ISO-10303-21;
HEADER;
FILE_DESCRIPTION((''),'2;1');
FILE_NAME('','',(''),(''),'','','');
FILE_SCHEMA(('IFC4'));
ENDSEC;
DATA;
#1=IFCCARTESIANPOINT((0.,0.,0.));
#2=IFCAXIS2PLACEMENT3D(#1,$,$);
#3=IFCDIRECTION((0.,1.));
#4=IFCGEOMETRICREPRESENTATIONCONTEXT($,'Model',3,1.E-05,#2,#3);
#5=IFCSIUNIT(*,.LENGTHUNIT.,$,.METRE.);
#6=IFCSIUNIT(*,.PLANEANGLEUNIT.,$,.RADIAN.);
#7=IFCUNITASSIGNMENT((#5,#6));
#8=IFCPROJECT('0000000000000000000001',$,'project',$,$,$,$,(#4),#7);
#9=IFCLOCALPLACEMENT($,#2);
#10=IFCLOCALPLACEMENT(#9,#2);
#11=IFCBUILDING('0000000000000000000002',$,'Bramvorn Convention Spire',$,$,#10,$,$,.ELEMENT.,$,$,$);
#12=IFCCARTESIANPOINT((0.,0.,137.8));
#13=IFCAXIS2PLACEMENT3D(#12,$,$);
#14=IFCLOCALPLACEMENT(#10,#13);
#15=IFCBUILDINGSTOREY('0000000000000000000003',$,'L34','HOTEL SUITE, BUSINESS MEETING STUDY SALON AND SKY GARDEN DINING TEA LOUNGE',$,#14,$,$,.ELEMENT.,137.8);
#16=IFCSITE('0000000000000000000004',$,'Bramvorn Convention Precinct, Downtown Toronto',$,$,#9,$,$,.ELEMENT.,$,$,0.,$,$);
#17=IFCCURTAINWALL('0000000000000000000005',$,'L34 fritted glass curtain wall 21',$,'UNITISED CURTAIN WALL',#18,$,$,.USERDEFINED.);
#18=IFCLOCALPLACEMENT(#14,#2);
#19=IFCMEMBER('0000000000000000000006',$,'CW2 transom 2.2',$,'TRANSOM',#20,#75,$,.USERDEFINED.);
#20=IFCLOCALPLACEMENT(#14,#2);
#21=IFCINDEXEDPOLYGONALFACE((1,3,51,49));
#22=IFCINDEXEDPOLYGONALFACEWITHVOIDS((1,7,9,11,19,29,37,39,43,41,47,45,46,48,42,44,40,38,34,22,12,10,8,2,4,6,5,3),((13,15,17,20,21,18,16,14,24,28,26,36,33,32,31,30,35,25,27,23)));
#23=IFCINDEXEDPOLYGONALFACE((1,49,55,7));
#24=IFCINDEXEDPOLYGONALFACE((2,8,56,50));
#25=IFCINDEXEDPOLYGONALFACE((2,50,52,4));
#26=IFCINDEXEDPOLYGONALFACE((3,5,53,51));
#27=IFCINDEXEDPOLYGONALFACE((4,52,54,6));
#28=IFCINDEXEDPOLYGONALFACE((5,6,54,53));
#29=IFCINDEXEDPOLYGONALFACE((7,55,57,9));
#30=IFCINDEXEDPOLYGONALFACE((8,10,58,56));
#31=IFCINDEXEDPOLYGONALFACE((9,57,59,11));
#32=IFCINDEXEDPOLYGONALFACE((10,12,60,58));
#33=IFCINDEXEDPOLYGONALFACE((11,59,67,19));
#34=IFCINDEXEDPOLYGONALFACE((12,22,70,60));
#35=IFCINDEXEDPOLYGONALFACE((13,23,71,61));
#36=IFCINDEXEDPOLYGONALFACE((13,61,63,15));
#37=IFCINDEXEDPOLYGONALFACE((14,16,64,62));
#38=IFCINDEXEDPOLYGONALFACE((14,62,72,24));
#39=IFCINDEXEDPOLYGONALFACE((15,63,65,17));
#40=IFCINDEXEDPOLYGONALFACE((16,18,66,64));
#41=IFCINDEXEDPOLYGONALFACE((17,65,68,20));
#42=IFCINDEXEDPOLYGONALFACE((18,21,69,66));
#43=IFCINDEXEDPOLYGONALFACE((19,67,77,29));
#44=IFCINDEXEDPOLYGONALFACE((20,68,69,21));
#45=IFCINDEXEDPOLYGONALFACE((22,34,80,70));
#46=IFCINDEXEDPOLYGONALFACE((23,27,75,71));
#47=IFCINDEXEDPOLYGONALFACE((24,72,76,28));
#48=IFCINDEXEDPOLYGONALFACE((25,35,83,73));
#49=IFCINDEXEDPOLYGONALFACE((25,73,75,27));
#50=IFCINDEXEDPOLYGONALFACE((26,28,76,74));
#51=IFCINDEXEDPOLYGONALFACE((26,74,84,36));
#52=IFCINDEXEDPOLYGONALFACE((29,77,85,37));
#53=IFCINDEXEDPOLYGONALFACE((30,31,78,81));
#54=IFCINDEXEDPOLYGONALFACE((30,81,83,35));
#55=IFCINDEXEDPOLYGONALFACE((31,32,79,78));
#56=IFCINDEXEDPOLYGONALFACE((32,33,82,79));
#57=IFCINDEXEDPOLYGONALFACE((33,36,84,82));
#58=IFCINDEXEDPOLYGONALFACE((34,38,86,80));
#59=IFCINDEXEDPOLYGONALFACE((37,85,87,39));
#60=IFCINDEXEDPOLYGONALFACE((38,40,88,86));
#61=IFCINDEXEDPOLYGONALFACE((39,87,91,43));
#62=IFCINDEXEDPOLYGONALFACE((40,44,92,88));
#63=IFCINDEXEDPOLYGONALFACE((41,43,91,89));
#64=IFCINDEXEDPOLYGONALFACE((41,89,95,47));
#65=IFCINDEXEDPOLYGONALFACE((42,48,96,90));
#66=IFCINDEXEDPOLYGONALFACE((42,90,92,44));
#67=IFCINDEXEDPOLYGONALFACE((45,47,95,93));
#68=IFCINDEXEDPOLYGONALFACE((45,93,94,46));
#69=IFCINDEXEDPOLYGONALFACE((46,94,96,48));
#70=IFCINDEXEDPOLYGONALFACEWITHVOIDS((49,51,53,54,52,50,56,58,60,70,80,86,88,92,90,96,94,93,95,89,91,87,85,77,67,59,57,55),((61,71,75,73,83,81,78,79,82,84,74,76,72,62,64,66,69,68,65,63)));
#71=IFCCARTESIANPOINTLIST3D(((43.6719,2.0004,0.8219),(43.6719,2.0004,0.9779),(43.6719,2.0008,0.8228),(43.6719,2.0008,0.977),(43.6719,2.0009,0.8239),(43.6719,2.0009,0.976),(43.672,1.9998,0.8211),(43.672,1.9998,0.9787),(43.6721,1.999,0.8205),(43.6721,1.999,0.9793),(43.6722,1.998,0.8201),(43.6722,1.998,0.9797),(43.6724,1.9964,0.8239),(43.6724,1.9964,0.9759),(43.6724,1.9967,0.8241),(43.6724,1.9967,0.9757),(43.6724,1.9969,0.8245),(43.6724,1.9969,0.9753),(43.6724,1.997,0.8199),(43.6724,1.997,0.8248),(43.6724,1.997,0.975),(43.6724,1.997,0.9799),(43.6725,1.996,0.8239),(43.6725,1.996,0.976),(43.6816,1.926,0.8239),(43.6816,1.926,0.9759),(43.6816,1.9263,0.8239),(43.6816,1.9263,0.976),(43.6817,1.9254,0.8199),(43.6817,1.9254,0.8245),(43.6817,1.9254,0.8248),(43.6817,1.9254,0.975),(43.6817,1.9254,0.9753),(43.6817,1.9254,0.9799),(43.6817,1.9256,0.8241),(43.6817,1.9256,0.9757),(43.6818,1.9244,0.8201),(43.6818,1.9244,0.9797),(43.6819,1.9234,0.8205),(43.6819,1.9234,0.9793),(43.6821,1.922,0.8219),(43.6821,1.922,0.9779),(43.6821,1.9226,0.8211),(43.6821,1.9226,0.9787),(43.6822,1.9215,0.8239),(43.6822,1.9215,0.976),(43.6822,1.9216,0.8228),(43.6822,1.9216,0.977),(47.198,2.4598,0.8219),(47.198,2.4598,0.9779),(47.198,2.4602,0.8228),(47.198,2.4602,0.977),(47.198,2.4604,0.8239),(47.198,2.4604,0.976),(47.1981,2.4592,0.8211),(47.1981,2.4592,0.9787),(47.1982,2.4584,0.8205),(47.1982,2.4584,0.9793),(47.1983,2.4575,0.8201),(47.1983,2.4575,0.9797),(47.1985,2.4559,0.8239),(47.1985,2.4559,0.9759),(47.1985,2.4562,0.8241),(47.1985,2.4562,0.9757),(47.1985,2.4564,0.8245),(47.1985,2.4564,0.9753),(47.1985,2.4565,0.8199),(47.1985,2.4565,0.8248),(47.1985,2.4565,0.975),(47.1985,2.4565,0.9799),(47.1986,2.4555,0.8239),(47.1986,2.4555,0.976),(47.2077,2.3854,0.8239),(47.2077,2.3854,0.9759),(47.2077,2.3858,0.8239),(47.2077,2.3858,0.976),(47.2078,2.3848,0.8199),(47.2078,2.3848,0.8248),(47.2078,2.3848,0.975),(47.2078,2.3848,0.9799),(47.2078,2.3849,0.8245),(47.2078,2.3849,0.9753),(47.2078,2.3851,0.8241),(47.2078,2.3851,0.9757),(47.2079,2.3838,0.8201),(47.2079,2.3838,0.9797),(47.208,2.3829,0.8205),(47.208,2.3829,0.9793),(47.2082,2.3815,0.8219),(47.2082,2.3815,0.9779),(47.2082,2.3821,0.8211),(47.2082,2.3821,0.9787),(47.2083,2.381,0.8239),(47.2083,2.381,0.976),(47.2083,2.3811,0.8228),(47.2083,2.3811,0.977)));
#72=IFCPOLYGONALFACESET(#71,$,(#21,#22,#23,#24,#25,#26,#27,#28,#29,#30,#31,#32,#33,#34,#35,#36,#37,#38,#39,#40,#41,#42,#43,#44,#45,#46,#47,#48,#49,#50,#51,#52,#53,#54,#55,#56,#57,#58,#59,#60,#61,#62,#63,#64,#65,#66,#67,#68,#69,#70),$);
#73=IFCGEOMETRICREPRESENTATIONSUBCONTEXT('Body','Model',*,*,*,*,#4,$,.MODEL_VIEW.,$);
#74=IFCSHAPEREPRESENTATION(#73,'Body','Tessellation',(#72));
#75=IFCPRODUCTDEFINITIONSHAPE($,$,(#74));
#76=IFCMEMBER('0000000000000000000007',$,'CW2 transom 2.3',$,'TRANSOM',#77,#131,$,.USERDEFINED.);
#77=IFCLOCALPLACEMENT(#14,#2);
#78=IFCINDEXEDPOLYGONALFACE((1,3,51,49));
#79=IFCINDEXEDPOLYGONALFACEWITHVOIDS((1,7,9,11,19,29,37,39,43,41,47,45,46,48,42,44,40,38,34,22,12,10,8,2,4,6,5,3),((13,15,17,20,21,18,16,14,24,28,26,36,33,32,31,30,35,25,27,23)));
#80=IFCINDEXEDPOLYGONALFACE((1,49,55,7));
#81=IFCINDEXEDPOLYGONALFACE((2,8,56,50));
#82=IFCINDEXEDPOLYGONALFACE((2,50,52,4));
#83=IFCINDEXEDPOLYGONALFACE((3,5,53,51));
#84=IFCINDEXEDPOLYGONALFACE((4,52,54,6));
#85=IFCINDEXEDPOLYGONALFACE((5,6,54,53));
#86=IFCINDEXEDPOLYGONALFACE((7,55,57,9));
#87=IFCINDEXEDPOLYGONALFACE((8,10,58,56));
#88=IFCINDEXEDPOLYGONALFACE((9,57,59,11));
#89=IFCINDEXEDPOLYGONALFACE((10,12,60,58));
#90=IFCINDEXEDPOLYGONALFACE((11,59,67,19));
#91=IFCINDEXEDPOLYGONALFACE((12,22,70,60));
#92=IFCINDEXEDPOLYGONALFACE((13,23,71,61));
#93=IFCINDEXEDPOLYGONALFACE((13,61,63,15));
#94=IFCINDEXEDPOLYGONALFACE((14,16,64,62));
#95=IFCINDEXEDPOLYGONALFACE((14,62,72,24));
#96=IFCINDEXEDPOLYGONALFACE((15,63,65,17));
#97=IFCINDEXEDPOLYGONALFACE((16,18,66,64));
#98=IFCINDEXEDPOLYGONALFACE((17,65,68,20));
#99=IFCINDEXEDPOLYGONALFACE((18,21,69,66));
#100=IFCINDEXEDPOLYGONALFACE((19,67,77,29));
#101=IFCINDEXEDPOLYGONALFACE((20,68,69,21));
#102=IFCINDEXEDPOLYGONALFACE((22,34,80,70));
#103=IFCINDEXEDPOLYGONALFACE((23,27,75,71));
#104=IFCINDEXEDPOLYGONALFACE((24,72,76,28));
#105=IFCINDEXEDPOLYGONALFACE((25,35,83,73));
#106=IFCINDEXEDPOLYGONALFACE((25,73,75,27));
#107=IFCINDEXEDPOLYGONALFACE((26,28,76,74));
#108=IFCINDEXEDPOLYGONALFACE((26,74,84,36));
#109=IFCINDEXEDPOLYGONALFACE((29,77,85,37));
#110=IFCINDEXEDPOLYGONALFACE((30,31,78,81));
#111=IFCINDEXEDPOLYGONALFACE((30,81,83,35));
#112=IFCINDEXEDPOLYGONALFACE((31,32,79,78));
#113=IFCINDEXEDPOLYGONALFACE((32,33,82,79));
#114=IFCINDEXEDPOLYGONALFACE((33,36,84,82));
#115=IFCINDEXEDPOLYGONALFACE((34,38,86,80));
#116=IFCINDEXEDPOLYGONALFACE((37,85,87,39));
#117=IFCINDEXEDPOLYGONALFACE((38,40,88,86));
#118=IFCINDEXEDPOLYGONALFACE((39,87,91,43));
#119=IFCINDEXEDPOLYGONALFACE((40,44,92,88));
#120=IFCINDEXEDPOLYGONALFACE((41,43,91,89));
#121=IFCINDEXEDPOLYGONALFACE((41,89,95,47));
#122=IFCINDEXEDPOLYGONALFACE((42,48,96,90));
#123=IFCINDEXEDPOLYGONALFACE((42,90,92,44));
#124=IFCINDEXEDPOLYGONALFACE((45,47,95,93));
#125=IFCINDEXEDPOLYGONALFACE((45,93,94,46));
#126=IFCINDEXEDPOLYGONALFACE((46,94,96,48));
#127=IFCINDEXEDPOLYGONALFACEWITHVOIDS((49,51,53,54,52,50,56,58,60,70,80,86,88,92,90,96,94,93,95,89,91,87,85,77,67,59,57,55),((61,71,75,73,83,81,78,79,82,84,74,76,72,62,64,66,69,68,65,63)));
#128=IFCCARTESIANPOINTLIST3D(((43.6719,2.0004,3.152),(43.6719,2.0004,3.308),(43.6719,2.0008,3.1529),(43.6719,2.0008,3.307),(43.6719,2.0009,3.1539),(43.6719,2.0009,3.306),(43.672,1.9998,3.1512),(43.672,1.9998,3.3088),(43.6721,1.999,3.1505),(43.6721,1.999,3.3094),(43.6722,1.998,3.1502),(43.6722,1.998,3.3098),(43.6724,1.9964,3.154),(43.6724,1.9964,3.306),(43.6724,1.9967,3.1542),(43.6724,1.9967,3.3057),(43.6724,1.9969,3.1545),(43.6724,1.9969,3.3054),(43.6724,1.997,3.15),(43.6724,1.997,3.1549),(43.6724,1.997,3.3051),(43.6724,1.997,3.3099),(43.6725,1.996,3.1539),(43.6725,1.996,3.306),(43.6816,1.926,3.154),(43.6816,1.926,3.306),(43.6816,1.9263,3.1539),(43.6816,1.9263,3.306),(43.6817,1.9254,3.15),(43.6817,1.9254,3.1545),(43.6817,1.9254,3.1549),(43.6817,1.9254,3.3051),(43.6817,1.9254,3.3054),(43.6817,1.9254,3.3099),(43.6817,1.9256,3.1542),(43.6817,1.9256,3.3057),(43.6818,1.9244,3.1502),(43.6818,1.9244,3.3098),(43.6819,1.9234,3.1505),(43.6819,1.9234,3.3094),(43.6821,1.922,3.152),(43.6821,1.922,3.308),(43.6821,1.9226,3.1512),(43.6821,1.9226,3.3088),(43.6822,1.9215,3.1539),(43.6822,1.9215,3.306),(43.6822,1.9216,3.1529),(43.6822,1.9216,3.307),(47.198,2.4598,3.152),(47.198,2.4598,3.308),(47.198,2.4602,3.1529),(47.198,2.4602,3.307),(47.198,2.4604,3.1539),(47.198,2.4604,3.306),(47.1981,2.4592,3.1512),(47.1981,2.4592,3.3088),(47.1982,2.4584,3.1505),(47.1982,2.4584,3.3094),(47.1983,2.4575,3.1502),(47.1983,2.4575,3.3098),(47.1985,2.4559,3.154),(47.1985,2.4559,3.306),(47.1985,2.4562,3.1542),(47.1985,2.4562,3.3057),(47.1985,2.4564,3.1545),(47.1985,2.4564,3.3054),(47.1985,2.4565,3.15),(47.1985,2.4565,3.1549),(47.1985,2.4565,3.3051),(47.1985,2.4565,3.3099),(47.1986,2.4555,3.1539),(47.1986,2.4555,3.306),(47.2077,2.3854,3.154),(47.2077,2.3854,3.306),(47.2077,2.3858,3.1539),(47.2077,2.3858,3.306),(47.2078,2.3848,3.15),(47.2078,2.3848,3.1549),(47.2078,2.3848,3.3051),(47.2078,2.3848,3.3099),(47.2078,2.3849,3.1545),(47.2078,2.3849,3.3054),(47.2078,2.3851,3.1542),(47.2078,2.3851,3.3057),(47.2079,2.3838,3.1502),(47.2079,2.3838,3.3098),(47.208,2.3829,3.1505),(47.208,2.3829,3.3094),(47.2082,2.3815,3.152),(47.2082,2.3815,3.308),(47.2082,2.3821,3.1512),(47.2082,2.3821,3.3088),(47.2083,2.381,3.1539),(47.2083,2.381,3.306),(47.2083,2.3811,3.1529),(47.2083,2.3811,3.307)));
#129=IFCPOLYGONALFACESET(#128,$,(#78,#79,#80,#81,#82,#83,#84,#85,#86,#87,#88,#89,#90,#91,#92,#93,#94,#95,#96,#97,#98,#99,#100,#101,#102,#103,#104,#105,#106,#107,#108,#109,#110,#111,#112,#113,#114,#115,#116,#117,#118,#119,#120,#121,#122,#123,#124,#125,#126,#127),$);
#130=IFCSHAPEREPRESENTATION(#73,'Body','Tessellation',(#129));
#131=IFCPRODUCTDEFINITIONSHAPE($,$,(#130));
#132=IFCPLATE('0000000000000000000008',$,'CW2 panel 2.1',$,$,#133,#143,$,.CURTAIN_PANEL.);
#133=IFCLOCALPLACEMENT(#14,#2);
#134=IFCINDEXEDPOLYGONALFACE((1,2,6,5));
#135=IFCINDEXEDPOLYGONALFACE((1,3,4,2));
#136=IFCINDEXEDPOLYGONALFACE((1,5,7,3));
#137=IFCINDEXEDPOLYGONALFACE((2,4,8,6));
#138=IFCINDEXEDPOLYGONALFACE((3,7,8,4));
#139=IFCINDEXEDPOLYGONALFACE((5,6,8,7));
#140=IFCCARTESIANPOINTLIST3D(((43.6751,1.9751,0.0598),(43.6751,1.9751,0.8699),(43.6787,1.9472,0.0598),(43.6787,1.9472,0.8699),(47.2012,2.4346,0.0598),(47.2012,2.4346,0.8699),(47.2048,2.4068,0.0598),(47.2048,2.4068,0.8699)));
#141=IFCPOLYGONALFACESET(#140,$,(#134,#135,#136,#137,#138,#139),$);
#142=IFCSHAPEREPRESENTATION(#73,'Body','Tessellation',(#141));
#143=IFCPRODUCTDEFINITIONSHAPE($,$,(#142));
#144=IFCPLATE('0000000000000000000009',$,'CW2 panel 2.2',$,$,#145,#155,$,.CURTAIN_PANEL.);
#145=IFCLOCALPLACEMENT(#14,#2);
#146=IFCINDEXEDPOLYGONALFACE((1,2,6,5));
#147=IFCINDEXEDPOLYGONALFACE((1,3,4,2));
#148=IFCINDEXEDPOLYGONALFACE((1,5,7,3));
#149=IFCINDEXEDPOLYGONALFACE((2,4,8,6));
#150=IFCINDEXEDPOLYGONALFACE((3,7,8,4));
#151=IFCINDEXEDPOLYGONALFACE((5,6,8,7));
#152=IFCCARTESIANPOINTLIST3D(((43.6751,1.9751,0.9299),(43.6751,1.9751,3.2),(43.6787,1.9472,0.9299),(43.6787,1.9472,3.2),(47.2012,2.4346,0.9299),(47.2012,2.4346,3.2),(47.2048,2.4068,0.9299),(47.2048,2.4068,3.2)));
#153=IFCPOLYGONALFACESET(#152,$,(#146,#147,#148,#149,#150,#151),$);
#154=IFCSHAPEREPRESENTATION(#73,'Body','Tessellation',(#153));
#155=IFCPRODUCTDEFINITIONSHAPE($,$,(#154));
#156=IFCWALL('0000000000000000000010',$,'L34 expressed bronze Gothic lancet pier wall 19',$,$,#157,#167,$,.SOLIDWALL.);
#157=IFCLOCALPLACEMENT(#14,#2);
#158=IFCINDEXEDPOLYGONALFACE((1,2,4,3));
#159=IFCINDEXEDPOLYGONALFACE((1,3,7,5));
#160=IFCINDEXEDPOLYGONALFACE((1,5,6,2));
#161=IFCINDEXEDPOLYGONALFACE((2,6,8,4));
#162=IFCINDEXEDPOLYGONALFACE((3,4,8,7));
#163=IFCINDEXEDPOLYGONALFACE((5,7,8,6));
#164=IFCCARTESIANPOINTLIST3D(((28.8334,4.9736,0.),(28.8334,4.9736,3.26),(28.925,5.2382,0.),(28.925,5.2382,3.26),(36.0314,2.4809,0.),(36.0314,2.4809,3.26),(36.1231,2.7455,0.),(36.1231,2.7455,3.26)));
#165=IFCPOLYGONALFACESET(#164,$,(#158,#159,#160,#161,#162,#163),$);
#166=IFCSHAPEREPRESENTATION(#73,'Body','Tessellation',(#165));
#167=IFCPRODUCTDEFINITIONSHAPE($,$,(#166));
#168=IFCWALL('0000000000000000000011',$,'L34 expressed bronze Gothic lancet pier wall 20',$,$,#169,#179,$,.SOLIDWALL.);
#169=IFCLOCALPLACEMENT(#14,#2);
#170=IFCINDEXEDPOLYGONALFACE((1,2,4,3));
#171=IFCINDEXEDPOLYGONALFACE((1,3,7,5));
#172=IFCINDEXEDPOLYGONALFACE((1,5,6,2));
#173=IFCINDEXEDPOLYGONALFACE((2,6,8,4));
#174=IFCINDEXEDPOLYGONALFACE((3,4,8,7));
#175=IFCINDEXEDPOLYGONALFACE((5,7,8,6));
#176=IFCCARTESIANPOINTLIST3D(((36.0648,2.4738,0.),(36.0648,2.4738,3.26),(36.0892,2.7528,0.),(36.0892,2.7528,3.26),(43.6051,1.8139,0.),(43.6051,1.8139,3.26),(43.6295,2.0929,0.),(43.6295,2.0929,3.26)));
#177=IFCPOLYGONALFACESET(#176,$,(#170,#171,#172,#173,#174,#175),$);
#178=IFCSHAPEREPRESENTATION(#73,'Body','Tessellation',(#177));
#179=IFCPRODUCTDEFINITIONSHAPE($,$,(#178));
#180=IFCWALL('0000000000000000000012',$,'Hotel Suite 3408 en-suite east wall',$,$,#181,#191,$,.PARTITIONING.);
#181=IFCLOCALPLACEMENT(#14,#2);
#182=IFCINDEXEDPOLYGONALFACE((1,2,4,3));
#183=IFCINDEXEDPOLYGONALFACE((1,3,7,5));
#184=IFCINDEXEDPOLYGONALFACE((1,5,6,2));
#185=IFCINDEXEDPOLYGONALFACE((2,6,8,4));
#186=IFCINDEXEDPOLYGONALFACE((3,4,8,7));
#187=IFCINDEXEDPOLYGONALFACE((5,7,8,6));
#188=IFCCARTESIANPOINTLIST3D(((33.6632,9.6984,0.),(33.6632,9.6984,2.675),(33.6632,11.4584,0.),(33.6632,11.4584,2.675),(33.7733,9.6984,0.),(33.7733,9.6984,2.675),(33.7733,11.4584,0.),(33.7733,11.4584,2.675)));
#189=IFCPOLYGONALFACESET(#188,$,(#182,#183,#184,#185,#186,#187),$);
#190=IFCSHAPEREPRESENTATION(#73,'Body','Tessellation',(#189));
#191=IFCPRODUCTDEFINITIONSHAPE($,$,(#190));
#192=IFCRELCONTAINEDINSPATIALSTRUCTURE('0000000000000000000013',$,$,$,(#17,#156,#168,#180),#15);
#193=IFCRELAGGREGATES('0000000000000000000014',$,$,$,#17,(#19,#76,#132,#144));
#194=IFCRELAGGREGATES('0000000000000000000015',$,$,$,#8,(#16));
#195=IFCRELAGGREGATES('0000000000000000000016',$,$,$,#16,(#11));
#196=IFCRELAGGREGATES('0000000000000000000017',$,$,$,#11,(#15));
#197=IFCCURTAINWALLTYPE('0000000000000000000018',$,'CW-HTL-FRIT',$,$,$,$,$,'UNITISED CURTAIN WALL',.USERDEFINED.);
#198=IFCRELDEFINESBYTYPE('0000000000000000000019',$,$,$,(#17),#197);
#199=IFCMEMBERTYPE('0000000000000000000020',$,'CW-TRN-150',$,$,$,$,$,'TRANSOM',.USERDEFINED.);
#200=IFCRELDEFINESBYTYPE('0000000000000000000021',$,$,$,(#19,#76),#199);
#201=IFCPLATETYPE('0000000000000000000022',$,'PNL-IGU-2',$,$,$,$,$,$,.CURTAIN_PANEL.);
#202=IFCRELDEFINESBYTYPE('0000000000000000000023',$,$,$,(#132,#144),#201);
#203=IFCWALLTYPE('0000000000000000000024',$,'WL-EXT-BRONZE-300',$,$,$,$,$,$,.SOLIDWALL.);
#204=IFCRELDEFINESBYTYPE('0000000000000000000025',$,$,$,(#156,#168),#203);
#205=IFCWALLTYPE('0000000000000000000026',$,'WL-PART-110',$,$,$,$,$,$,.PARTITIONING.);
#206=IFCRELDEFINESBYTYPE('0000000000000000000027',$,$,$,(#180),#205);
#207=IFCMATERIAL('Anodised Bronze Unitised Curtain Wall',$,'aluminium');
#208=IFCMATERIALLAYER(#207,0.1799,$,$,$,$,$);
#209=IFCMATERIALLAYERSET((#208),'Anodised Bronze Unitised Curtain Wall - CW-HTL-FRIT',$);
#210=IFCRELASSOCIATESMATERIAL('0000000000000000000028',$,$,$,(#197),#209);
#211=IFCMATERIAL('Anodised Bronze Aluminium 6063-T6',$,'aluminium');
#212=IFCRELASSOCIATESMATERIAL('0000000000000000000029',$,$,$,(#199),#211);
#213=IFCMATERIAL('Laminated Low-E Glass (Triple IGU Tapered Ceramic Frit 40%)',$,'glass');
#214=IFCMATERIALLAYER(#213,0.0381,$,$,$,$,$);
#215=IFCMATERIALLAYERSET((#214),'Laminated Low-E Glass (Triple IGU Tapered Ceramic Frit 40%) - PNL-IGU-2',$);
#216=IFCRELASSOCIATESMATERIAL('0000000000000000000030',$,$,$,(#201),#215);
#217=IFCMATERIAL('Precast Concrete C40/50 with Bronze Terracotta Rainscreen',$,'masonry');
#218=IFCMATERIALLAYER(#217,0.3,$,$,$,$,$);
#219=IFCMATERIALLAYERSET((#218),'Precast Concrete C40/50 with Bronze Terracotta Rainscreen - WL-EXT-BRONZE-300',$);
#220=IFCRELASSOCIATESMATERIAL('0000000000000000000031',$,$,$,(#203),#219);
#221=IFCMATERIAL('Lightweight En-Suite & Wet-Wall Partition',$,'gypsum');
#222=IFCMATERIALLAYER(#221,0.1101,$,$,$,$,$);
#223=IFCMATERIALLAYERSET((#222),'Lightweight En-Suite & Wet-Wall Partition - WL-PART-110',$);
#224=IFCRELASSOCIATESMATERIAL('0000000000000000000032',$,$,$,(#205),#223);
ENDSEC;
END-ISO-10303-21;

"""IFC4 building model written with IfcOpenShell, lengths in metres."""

from ifc_helpers import new_model, si_unit, direction, frame, frame_2d, origin, origin_2d, place, context, subcontext, project, spatial, rectangle, hollow_rectangle, extrude, material, layer, layer_set, material_profile, profile_set, type_object, element, aggregate, save


model = new_model("IFC4")

# Units and contexts
model_context = context("Model", 3, precision=1e-05, world=origin(), true_north=direction((0.0, 1.0)))
body_context = subcontext(model_context, "Body", "Model", "MODEL_VIEW")
ifc_project = project(units=[si_unit("LENGTHUNIT", "METRE"), si_unit("PLANEANGLEUNIT", "RADIAN")], contexts=[model_context])

# Site, building, storey
site_placement = place(None, origin())
site = spatial("IfcSite", under=ifc_project, at=site_placement, Name="Bramvorn Convention Precinct, Downtown Toronto", CompositionType="ELEMENT", RefElevation=0.0)
building_placement = place(site_placement, origin())
building = spatial("IfcBuilding", under=site, at=building_placement, Name="Bramvorn Convention Spire", CompositionType="ELEMENT")
storey_placement = place(building_placement, frame((0.0, 0.0, 137.8)))
storey = spatial("IfcBuildingStorey", under=building, at=storey_placement, Name="L34", Description="HOTEL SUITE, BUSINESS MEETING STUDY SALON AND SKY GARDEN DINING TEA LOUNGE", CompositionType="ELEMENT", Elevation=137.8)

# Curtain wall, members, plates
ifc_material_1 = material(Name="Anodised Bronze Unitised Curtain Wall", Category="aluminium")
ifc_layer_1 = layer(ifc_material_1, 0.1799)
ifc_layer_set_1 = layer_set([ifc_layer_1], Name="Anodised Bronze Unitised Curtain Wall - CW-HTL-FRIT")
curtain_wall_type = type_object("IfcCurtainWallType", Name="CW-HTL-FRIT", ElementType="UNITISED CURTAIN WALL", PredefinedType="USERDEFINED", material=ifc_layer_set_1)
curtain_wall_placement = place(storey_placement, origin())
curtain_wall = element("IfcCurtainWall", 1, at=curtain_wall_placement, inside=storey, type_object=curtain_wall_type, Name="L34 fritted glass curtain wall 21", ObjectType="UNITISED CURTAIN WALL", PredefinedType="USERDEFINED")
ifc_material_2 = material(Name="Anodised Bronze Aluminium 6063-T6", Category="aluminium")
ifc_material_profile_1 = material_profile(ifc_material_2, hollow_rectangle(XDim=0.0801, YDim=0.1599, WallThickness=0.0039, InnerFilletRadius=0.001, OuterFilletRadius=0.0039, at=origin_2d()))
ifc_profile_set_1 = profile_set([ifc_material_profile_1], Name="Anodised Bronze Aluminium 6063-T6 - CWT80X160")
member_type_1 = type_object("IfcMemberType", Name="CW-TRN-150", ElementType="TRANSOM", PredefinedType="USERDEFINED", material=ifc_profile_set_1)
member_1_placement = place(storey_placement, frame((47.2031, 2.4207, 0.8999), z_axis=(-0.991617, -0.129213, 0.0), x_axis=(0.129213, -0.991617, 0.0)))
member_1 = element("IfcMember", 2, at=member_1_placement, type_object=member_type_1, Name="CW2 transom 2.2", ObjectType="TRANSOM", PredefinedType="USERDEFINED", context=body_context, shape_type="SweptSolid", body=[
    extrude(hollow_rectangle(XDim=0.0801, YDim=0.1599, WallThickness=0.0039, InnerFilletRadius=0.001, OuterFilletRadius=0.0039, at=origin_2d()), origin(), (0.0, 0.0, 1.0), 3.5559),
])
member_2_placement = place(storey_placement, frame((47.2031, 2.4207, 3.23), z_axis=(-0.991617, -0.129213, 0.0), x_axis=(0.129213, -0.991617, 0.0)))
member_2 = element("IfcMember", 3, at=member_2_placement, type_object=member_type_1, Name="CW2 transom 2.3", ObjectType="TRANSOM", PredefinedType="USERDEFINED", context=body_context, shape_type="SweptSolid", body=[
    extrude(hollow_rectangle(XDim=0.0801, YDim=0.1599, WallThickness=0.0039, InnerFilletRadius=0.001, OuterFilletRadius=0.0039, at=origin_2d()), origin(), (0.0, 0.0, 1.0), 3.5559),
])
ifc_material_3 = material(Name="Laminated Low-E Glass (Triple IGU Tapered Ceramic Frit 40%)", Category="glass")
ifc_layer_2 = layer(ifc_material_3, 0.0381)
ifc_layer_set_2 = layer_set([ifc_layer_2], Name="Laminated Low-E Glass (Triple IGU Tapered Ceramic Frit 40%) - PNL-IGU-2")
plate_type = type_object("IfcPlateType", Name="PNL-IGU-2", PredefinedType="CURTAIN_PANEL", material=ifc_layer_set_2)
plate_1_placement = place(storey_placement, frame((45.4399, 2.1909, 0.0598), z_axis=(0.0, 0.0, 1.0), x_axis=(-0.991613, -0.12924, 0.0)))
plate_1 = element("IfcPlate", 4, at=plate_1_placement, type_object=plate_type, Name="CW2 panel 2.1", PredefinedType="CURTAIN_PANEL", context=body_context, shape_type="SweptSolid", body=[
    extrude(rectangle(XDim=3.5559, YDim=0.0281, at=origin_2d()), origin(), (0.0, 0.0, 1.0), 0.8101),
])
plate_2_placement = place(storey_placement, frame((45.4399, 2.1909, 0.9299), z_axis=(0.0, 0.0, 1.0), x_axis=(-0.991613, -0.12924, 0.0)))
plate_2 = element("IfcPlate", 5, at=plate_2_placement, type_object=plate_type, Name="CW2 panel 2.2", PredefinedType="CURTAIN_PANEL", context=body_context, shape_type="SweptSolid", body=[
    extrude(rectangle(XDim=3.5559, YDim=0.0281, at=origin_2d()), origin(), (0.0, 0.0, 1.0), 2.27),
])
aggregate(curtain_wall, [member_1, member_2, plate_1, plate_2])

# Walls
ifc_material_4 = material(Name="Precast Concrete C40/50 with Bronze Terracotta Rainscreen", Category="masonry")
ifc_layer_3 = layer(ifc_material_4, 0.3)
ifc_layer_set_3 = layer_set([ifc_layer_3], Name="Precast Concrete C40/50 with Bronze Terracotta Rainscreen - WL-EXT-BRONZE-300")
wall_type_1 = type_object("IfcWallType", Name="WL-EXT-BRONZE-300", PredefinedType="SOLIDWALL", material=ifc_layer_set_3)
wall_1_placement = place(storey_placement, frame((36.0771, 2.6133, 0.0), z_axis=(0.0, 0.0, 1.0), x_axis=(-0.944943, 0.327235, 0.0)))
element("IfcWall", 6, at=wall_1_placement, inside=storey, type_object=wall_type_1, Name="L34 expressed bronze Gothic lancet pier wall 19", PredefinedType="SOLIDWALL", context=body_context, shape_type="SweptSolid", body=[
    extrude(rectangle(XDim=7.6174, YDim=0.28, at=frame_2d((3.8086, 0.0))), origin(), (0.0, 0.0, 1.0), 3.26),
])
wall_2_placement = place(storey_placement, frame((43.6174, 1.9534, 0.0), z_axis=(0.0, 0.0, 1.0), x_axis=(-0.996192, 0.087185, 0.0)))
element("IfcWall", 7, at=wall_2_placement, inside=storey, type_object=wall_type_1, Name="L34 expressed bronze Gothic lancet pier wall 20", PredefinedType="SOLIDWALL", context=body_context, shape_type="SweptSolid", body=[
    extrude(rectangle(XDim=7.5691, YDim=0.28, at=frame_2d((3.7847, 0.0))), origin(), (0.0, 0.0, 1.0), 3.26),
])
ifc_material_5 = material(Name="Lightweight En-Suite & Wet-Wall Partition", Category="gypsum")
ifc_layer_4 = layer(ifc_material_5, 0.1101)
ifc_layer_set_4 = layer_set([ifc_layer_4], Name="Lightweight En-Suite & Wet-Wall Partition - WL-PART-110")
wall_type_2 = type_object("IfcWallType", Name="WL-PART-110", PredefinedType="PARTITIONING", material=ifc_layer_set_4)
wall_3_placement = place(storey_placement, frame((33.7183, 9.6985, 0.0), z_axis=(0.0, 0.0, 1.0), x_axis=(0.0, 1.0, 0.0)))
element("IfcWall", 8, at=wall_3_placement, inside=storey, type_object=wall_type_2, Name="Hotel Suite 3408 en-suite east wall", PredefinedType="PARTITIONING", context=body_context, shape_type="SweptSolid", body=[
    extrude(rectangle(XDim=1.76, YDim=0.1101, at=frame_2d((0.8799, 0.0))), origin(), (0.0, 0.0, 1.0), 2.675),
])

save(model, "model.ifc")
